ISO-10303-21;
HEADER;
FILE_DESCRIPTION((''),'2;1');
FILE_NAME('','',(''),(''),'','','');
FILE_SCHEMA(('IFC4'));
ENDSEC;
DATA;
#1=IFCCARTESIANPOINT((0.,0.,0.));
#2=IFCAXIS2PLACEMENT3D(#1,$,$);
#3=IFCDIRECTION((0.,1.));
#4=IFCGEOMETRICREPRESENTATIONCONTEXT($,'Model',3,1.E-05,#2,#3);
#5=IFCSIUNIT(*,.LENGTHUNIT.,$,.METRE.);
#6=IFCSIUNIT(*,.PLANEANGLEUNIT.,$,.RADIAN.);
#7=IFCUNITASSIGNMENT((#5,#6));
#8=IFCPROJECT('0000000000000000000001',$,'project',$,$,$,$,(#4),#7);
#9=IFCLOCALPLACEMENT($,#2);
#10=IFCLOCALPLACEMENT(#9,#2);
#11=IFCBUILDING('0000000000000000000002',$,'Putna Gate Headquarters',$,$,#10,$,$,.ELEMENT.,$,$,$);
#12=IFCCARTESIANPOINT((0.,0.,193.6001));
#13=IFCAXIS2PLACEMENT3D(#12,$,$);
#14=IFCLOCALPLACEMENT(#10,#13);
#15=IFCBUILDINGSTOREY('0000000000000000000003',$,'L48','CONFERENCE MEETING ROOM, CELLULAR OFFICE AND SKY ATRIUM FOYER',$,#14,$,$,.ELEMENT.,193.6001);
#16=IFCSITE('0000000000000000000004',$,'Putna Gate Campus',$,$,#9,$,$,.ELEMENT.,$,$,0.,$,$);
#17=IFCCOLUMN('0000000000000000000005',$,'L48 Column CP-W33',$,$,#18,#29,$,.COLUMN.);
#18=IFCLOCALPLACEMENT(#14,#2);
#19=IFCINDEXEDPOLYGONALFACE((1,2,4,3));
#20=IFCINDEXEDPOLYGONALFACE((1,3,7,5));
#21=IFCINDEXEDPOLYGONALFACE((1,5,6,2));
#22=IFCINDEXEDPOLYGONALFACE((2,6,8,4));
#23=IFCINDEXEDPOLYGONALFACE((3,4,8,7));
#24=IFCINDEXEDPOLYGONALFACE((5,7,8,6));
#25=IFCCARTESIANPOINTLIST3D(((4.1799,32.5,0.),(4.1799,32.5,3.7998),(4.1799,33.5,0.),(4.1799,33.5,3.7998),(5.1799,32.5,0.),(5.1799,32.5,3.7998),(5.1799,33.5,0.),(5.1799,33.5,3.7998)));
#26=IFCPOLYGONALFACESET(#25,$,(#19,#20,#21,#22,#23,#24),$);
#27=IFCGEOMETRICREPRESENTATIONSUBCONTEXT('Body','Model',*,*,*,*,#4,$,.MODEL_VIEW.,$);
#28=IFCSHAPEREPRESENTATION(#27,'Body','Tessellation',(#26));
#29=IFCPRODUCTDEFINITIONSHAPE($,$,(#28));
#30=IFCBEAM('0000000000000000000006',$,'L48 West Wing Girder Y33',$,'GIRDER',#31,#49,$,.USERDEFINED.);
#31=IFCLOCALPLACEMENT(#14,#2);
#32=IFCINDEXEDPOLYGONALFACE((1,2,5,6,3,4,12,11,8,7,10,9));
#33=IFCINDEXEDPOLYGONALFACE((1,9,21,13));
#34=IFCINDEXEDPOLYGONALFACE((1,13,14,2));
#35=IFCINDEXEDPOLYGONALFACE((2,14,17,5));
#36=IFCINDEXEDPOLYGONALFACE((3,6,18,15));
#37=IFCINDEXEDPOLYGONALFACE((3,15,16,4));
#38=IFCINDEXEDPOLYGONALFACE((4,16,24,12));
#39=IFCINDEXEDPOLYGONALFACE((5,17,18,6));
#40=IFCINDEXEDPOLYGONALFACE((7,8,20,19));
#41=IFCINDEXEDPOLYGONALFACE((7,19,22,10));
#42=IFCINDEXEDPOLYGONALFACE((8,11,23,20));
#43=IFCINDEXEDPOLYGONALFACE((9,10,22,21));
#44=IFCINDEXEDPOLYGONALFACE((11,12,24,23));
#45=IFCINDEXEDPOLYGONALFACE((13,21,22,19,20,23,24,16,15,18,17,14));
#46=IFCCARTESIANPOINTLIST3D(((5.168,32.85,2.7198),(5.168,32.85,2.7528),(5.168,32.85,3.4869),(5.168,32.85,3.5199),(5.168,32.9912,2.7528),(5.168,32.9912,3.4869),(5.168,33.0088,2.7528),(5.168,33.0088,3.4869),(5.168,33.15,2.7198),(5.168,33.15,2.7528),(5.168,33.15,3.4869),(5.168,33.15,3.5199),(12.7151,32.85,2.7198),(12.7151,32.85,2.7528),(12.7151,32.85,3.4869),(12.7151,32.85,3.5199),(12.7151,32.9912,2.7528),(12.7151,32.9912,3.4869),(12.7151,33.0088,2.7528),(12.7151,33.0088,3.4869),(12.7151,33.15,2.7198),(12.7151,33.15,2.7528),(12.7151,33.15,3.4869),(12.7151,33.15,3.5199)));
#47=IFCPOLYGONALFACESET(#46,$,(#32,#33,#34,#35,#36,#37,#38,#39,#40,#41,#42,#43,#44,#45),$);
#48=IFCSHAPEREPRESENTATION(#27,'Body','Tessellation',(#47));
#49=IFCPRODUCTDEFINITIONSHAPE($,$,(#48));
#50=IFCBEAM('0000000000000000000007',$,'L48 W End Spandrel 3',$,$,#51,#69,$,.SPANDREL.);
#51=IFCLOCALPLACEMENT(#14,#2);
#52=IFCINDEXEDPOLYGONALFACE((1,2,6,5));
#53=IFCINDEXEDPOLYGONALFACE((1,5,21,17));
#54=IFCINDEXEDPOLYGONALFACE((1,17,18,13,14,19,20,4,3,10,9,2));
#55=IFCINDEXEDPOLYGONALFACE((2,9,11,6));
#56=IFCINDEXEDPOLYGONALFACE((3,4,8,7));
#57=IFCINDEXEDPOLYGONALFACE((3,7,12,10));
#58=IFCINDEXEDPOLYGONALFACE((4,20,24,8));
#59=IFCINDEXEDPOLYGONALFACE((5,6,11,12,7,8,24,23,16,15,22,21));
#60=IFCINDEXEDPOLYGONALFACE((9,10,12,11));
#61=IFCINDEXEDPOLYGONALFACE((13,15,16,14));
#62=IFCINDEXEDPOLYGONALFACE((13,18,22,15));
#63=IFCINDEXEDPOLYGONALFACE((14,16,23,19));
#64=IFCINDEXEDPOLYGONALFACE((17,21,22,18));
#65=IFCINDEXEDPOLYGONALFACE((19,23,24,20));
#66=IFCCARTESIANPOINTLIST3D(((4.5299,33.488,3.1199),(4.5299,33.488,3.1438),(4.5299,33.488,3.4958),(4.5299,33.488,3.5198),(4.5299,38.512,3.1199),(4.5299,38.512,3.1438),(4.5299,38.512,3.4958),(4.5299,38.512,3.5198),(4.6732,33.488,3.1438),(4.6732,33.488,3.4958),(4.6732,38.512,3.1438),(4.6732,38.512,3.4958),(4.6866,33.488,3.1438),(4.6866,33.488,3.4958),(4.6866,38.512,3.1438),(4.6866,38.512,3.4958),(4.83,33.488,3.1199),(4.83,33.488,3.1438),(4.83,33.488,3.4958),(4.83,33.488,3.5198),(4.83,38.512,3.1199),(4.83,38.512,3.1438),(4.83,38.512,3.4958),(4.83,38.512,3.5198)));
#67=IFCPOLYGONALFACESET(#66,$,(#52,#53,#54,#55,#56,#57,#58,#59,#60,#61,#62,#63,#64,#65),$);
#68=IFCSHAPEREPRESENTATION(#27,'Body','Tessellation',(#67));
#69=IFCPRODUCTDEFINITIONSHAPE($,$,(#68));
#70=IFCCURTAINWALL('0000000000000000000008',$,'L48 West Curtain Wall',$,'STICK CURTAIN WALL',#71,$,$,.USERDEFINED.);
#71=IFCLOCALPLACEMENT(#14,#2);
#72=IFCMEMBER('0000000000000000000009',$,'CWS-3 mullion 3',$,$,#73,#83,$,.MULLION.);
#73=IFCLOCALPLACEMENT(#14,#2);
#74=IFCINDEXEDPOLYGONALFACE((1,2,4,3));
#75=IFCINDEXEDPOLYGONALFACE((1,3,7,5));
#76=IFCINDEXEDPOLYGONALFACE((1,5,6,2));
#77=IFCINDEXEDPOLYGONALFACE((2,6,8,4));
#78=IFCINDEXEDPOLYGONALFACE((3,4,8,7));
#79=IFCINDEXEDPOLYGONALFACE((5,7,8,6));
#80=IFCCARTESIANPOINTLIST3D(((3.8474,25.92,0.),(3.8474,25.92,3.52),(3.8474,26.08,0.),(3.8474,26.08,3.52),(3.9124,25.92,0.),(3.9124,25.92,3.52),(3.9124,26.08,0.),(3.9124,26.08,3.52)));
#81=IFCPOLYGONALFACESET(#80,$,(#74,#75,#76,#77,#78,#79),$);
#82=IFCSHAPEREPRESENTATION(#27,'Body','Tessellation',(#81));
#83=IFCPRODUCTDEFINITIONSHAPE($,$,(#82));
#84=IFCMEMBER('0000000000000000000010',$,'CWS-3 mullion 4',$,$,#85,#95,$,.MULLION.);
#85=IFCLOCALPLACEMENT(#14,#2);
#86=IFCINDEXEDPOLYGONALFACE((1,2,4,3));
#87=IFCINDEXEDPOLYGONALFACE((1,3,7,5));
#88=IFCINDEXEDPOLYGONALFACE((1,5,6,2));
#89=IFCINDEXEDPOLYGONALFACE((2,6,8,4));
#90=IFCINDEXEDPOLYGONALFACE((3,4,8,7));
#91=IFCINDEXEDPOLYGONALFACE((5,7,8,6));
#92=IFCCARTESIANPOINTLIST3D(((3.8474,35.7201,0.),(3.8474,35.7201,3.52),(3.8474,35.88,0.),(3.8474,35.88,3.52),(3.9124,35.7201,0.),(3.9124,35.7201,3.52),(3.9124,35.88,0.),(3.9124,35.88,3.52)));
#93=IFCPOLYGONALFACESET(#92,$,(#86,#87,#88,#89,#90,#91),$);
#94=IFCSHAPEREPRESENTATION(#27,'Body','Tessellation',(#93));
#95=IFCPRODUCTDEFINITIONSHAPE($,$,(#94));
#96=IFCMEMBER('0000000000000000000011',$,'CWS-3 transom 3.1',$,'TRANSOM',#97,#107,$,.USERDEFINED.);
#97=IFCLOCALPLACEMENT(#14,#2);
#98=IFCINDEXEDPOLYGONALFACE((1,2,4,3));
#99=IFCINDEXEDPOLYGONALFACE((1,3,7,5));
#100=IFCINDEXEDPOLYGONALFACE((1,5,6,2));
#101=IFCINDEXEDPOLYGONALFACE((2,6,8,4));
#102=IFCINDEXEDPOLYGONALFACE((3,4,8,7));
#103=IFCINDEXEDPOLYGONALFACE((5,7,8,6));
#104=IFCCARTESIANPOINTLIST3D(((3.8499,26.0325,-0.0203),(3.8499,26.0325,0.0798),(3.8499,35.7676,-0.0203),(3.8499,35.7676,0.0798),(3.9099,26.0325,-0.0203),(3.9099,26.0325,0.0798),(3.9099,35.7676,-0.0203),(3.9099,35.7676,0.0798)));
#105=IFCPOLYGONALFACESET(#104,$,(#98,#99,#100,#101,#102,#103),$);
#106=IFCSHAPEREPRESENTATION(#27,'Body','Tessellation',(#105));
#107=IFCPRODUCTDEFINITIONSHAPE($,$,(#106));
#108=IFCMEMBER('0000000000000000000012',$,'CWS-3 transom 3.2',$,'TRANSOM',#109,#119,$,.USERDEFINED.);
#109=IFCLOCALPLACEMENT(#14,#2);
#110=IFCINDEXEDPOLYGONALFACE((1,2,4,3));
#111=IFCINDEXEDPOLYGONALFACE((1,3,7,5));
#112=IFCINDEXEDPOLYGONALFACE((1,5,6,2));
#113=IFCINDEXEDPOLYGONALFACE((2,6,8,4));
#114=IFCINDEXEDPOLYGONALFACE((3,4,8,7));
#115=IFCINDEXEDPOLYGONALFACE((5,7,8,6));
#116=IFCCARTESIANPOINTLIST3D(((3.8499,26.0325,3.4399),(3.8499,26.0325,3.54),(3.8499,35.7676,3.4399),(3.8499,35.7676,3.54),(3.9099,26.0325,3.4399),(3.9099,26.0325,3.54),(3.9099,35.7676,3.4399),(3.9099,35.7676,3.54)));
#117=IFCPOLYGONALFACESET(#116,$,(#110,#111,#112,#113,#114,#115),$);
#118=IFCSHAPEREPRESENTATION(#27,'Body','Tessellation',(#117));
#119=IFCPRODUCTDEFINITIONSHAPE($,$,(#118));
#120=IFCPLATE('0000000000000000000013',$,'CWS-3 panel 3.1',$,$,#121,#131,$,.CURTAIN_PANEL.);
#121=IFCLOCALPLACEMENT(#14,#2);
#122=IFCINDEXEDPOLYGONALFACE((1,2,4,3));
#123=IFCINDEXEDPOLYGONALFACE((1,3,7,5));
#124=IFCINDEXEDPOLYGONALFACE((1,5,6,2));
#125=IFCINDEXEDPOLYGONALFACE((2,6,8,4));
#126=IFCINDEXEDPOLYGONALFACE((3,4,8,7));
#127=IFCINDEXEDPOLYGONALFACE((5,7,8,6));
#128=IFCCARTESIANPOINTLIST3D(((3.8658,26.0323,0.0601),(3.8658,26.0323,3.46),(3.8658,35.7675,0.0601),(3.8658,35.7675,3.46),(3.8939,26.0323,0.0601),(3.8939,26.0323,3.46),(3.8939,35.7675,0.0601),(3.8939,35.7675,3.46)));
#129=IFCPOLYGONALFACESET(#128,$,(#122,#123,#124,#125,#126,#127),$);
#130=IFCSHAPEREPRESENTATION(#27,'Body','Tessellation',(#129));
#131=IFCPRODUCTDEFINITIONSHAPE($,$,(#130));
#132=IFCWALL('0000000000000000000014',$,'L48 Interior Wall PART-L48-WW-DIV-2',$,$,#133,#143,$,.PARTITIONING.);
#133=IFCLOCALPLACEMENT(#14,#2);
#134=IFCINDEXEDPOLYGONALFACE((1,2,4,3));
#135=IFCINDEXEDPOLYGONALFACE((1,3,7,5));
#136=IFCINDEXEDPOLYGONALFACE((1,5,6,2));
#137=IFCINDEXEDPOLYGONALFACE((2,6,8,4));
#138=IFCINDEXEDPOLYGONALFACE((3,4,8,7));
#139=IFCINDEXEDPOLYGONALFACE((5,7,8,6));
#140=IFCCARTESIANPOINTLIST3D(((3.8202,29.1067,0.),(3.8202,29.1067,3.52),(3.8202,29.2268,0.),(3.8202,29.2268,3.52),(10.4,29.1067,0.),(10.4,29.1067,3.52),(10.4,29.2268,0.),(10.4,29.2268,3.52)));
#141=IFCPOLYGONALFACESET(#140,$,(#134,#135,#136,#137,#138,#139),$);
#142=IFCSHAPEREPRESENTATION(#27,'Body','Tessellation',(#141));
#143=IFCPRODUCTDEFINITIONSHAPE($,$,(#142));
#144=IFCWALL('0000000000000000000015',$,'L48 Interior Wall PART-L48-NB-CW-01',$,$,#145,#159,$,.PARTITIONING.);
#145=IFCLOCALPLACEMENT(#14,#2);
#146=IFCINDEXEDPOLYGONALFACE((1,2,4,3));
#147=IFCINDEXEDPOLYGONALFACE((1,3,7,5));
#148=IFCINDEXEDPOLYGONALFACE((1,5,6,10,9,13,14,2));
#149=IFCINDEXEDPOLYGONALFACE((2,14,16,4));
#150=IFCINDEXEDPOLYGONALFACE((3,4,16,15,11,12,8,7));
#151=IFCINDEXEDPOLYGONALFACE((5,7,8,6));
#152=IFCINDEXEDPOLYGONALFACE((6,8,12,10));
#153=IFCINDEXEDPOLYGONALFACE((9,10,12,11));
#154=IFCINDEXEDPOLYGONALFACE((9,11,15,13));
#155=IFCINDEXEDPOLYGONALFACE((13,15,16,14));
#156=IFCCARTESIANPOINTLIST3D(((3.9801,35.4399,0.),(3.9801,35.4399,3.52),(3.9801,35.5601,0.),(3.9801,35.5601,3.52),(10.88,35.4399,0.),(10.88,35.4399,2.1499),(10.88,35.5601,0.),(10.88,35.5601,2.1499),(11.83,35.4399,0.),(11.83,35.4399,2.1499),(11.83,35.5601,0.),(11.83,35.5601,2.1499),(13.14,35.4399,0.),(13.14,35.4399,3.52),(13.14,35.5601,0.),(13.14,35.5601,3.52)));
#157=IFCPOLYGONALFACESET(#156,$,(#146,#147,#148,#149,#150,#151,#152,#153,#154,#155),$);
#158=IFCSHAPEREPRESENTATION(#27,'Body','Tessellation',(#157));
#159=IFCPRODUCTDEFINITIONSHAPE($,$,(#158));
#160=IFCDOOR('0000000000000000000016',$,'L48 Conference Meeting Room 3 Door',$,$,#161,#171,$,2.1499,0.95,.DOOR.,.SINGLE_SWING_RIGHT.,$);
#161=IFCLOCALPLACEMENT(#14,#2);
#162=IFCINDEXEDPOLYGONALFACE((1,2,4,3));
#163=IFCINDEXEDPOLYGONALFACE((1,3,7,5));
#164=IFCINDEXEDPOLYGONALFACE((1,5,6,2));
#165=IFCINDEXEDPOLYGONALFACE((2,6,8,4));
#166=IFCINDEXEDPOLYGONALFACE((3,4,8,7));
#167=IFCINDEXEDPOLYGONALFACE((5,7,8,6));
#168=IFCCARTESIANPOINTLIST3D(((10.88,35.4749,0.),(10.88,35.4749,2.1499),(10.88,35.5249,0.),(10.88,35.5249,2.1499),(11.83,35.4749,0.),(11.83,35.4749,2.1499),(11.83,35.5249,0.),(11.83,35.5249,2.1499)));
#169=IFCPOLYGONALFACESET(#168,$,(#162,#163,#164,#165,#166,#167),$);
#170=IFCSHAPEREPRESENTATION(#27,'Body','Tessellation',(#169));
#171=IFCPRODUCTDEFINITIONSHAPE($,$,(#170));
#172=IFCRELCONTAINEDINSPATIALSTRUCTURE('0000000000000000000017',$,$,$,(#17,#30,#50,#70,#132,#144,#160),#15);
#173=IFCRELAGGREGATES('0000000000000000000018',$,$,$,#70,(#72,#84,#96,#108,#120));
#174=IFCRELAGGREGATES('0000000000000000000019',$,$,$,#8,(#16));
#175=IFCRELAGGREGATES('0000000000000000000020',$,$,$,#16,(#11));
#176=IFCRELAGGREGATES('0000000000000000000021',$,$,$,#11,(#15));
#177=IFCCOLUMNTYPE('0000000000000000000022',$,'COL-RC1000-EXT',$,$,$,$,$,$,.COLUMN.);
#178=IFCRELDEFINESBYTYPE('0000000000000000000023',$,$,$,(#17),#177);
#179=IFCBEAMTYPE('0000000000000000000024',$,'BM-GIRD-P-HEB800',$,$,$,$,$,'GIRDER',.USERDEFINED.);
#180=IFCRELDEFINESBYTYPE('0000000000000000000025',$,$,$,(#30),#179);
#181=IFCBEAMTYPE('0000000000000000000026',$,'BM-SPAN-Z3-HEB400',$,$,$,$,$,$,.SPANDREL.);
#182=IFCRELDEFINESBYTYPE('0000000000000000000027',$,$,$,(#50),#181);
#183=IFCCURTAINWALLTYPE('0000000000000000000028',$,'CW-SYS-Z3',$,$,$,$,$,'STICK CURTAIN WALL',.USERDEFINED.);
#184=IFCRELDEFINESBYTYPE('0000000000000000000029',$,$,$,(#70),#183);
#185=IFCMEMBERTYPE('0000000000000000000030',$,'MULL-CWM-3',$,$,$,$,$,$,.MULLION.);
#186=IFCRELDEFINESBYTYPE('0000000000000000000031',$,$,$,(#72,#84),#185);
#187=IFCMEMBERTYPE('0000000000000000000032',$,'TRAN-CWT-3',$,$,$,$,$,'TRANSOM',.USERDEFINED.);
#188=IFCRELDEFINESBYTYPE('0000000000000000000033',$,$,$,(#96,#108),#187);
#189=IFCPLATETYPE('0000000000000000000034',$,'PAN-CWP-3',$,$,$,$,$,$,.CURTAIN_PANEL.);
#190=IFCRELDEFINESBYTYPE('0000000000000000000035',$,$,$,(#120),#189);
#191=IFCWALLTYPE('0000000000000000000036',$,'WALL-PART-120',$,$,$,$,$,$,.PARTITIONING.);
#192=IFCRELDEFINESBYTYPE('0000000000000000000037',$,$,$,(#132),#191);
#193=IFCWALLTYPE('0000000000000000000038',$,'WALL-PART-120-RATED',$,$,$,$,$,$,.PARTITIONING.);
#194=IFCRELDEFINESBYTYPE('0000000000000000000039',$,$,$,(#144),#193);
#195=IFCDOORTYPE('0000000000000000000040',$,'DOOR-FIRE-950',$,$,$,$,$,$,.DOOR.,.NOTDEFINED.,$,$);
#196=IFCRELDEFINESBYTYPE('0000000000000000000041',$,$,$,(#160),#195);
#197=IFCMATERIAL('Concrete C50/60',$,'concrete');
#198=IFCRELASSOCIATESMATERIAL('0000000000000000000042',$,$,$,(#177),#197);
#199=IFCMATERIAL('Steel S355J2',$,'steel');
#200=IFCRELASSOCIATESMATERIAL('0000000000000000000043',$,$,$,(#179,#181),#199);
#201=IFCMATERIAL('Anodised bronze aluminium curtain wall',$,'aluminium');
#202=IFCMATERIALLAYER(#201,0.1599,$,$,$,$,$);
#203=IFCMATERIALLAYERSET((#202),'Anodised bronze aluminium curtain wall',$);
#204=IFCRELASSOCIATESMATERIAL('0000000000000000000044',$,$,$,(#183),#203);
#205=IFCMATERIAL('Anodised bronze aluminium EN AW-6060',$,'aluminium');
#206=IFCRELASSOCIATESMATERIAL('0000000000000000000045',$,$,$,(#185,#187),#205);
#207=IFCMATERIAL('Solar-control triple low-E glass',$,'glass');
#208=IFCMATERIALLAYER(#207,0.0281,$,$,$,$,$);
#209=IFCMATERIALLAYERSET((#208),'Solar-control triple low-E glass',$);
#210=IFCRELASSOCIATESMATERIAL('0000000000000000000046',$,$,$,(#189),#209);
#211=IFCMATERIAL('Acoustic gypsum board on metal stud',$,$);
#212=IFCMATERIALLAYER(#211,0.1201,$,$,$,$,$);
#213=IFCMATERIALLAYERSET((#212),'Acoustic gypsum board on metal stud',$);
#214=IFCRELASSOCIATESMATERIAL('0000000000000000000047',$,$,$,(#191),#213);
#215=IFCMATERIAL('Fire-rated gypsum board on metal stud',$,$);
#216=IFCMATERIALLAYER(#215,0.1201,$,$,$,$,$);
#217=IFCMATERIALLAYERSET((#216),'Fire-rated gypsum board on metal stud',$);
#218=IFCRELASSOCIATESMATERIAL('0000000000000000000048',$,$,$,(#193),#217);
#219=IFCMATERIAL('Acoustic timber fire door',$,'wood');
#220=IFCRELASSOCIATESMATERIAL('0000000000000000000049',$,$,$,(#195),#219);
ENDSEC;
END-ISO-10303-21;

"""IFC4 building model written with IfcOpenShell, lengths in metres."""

from ifc_helpers import new_model, si_unit, direction, frame, frame_2d, origin, origin_2d, place, context, subcontext, project, spatial, rectangle, i_section, extrude, material, layer, layer_set, material_profile, profile_set, type_object, element, fill, aggregate, save


model = new_model("IFC4")

# Units and contexts
model_context = context("Model", 3, precision=1e-05, world=origin(), true_north=direction((0.0, 1.0)))
body_context = subcontext(model_context, "Body", "Model", "MODEL_VIEW")
ifc_project = project(units=[si_unit("LENGTHUNIT", "METRE"), si_unit("PLANEANGLEUNIT", "RADIAN")], contexts=[model_context])

# Site, building, storey
site_placement = place(None, origin())
site = spatial("IfcSite", under=ifc_project, at=site_placement, Name="Putna Gate Campus", CompositionType="ELEMENT", RefElevation=0.0)
building_placement = place(site_placement, origin())
building = spatial("IfcBuilding", under=site, at=building_placement, Name="Putna Gate Headquarters", CompositionType="ELEMENT")
storey_placement = place(building_placement, frame((0.0, 0.0, 193.6001)))
storey = spatial("IfcBuildingStorey", under=building, at=storey_placement, Name="L48", Description="CONFERENCE MEETING ROOM, CELLULAR OFFICE AND SKY ATRIUM FOYER", CompositionType="ELEMENT", Elevation=193.6001)

# Column
ifc_material_1 = material(Name="Concrete C50/60", Category="concrete")
ifc_material_profile_1 = material_profile(ifc_material_1, rectangle(XDim=1.0, YDim=1.0, at=origin_2d()), Name="Concrete C50/60")
ifc_profile_set_1 = profile_set([ifc_material_profile_1], Name="Concrete C50/60")
column_type = type_object("IfcColumnType", Name="COL-RC1000-EXT", PredefinedType="COLUMN", material=ifc_profile_set_1)
column_placement = place(storey_placement, frame((4.6799, 33.0, 0.0), z_axis=(0.0, 0.0, 1.0), x_axis=(1.0, 0.0, 0.0)))
element("IfcColumn", 1, at=column_placement, inside=storey, type_object=column_type, Name="L48 Column CP-W33", PredefinedType="COLUMN", context=body_context, shape_type="SweptSolid", body=[
    extrude(rectangle(XDim=1.0, YDim=1.0, at=origin_2d()), origin(), (0.0, 0.0, 1.0), 3.7998),
])

# Beams
ifc_material_2 = material(Name="Steel S355J2", Category="steel")
ifc_material_profile_2 = material_profile(ifc_material_2, i_section(OverallWidth=0.3, OverallDepth=0.8, WebThickness=0.0176, FlangeThickness=0.033, at=origin_2d()), Name="Steel S355J2")
ifc_profile_set_2 = profile_set([ifc_material_profile_2], Name="Steel S355J2")
beam_type_1 = type_object("IfcBeamType", Name="BM-GIRD-P-HEB800", ElementType="GIRDER", PredefinedType="USERDEFINED", material=ifc_profile_set_2)
beam_1_placement = place(storey_placement, frame((5.168, 33.0, 3.1199), z_axis=(1.0, 0.0, 0.0), x_axis=(0.0, 1.0, 0.0)))
element("IfcBeam", 2, at=beam_1_placement, inside=storey, type_object=beam_type_1, Name="L48 West Wing Girder Y33", ObjectType="GIRDER", PredefinedType="USERDEFINED", context=body_context, shape_type="SweptSolid", body=[
    extrude(i_section(OverallWidth=0.3, OverallDepth=0.8, WebThickness=0.0176, FlangeThickness=0.033, at=origin_2d()), origin(), (0.0, 0.0, 1.0), 7.5471),
])
ifc_material_profile_3 = material_profile(ifc_material_2, i_section(OverallWidth=0.3, OverallDepth=0.3999, WebThickness=0.0134, FlangeThickness=0.0239, at=origin_2d()), Name="Steel S355J2")
ifc_profile_set_3 = profile_set([ifc_material_profile_3], Name="Steel S355J2")
beam_type_2 = type_object("IfcBeamType", Name="BM-SPAN-Z3-HEB400", PredefinedType="SPANDREL", material=ifc_profile_set_3)
beam_2_placement = place(storey_placement, frame((4.6799, 33.488, 3.3198), z_axis=(0.0, 1.0, 0.0), x_axis=(-1.0, 0.0, 0.0)))
element("IfcBeam", 3, at=beam_2_placement, inside=storey, type_object=beam_type_2, Name="L48 W End Spandrel 3", PredefinedType="SPANDREL", context=body_context, shape_type="SweptSolid", body=[
    extrude(i_section(OverallWidth=0.3, OverallDepth=0.3999, WebThickness=0.0134, FlangeThickness=0.0239, at=origin_2d()), origin(), (0.0, 0.0, 1.0), 5.0239),
])

# Curtain wall, members, plate
ifc_material_3 = material(Name="Anodised bronze aluminium curtain wall", Category="aluminium")
ifc_layer_1 = layer(ifc_material_3, 0.1599)
ifc_layer_set_1 = layer_set([ifc_layer_1], Name="Anodised bronze aluminium curtain wall")
curtain_wall_type = type_object("IfcCurtainWallType", Name="CW-SYS-Z3", ElementType="STICK CURTAIN WALL", PredefinedType="USERDEFINED", material=ifc_layer_set_1)
curtain_wall_placement = place(storey_placement, origin())
curtain_wall = element("IfcCurtainWall", 4, at=curtain_wall_placement, inside=storey, type_object=curtain_wall_type, Name="L48 West Curtain Wall", ObjectType="STICK CURTAIN WALL", PredefinedType="USERDEFINED")
ifc_material_4 = material(Name="Anodised bronze aluminium EN AW-6060", Category="aluminium")
ifc_material_profile_4 = material_profile(ifc_material_4, rectangle(XDim=0.0649, YDim=0.1599, at=origin_2d()), Name="Anodised bronze aluminium EN AW-6060")
ifc_profile_set_4 = profile_set([ifc_material_profile_4], Name="Anodised bronze aluminium EN AW-6060")
member_type_1 = type_object("IfcMemberType", Name="MULL-CWM-3", PredefinedType="MULLION", material=ifc_profile_set_4)
member_1_placement = place(storey_placement, frame((3.8799, 26.0, 0.0), z_axis=(0.0, 0.0, 1.0), x_axis=(-1.0, 0.0, 0.0)))
member_1 = element("IfcMember", 5, at=member_1_placement, type_object=member_type_1, Name="CWS-3 mullion 3", PredefinedType="MULLION", context=body_context, shape_type="SweptSolid", body=[
    extrude(rectangle(XDim=0.0649, YDim=0.1599, at=origin_2d()), origin(), (0.0, 0.0, 1.0), 3.52),
])
member_2_placement = place(storey_placement, frame((3.8799, 35.8, 0.0), z_axis=(0.0, 0.0, 1.0), x_axis=(-1.0, 0.0, 0.0)))
member_2 = element("IfcMember", 6, at=member_2_placement, type_object=member_type_1, Name="CWS-3 mullion 4", PredefinedType="MULLION", context=body_context, shape_type="SweptSolid", body=[
    extrude(rectangle(XDim=0.0649, YDim=0.1599, at=origin_2d()), origin(), (0.0, 0.0, 1.0), 3.52),
])
ifc_material_profile_5 = material_profile(ifc_material_4, rectangle(XDim=0.0601, YDim=0.1001, at=origin_2d()), Name="Anodised bronze aluminium EN AW-6060")
ifc_profile_set_5 = profile_set([ifc_material_profile_5], Name="Anodised bronze aluminium EN AW-6060")
member_type_2 = type_object("IfcMemberType", Name="TRAN-CWT-3", ElementType="TRANSOM", PredefinedType="USERDEFINED", material=ifc_profile_set_5)
member_3_placement = place(storey_placement, frame((3.8799, 26.0325, 0.0298), z_axis=(0.0, 1.0, 0.0), x_axis=(-1.0, 0.0, 0.0)))
member_3 = element("IfcMember", 7, at=member_3_placement, type_object=member_type_2, Name="CWS-3 transom 3.1", ObjectType="TRANSOM", PredefinedType="USERDEFINED", context=body_context, shape_type="SweptSolid", body=[
    extrude(rectangle(XDim=0.0601, YDim=0.1001, at=origin_2d()), origin(), (0.0, 0.0, 1.0), 9.7351),
])
member_4_placement = place(storey_placement, frame((3.8799, 26.0325, 3.49), z_axis=(0.0, 1.0, 0.0), x_axis=(-1.0, 0.0, 0.0)))
member_4 = element("IfcMember", 8, at=member_4_placement, type_object=member_type_2, Name="CWS-3 transom 3.2", ObjectType="TRANSOM", PredefinedType="USERDEFINED", context=body_context, shape_type="SweptSolid", body=[
    extrude(rectangle(XDim=0.0601, YDim=0.1001, at=origin_2d()), origin(), (0.0, 0.0, 1.0), 9.7351),
])
ifc_material_5 = material(Name="Solar-control triple low-E glass", Category="glass")
ifc_layer_2 = layer(ifc_material_5, 0.0281)
ifc_layer_set_2 = layer_set([ifc_layer_2], Name="Solar-control triple low-E glass")
plate_type = type_object("IfcPlateType", Name="PAN-CWP-3", PredefinedType="CURTAIN_PANEL", material=ifc_layer_set_2)
plate_placement = place(storey_placement, frame((3.8799, 30.8999, 0.0601), z_axis=(0.0, 0.0, 1.0), x_axis=(0.0, 1.0, 0.0)))
plate = element("IfcPlate", 9, at=plate_placement, type_object=plate_type, Name="CWS-3 panel 3.1", PredefinedType="CURTAIN_PANEL", context=body_context, shape_type="SweptSolid", body=[
    extrude(rectangle(XDim=9.7351, YDim=0.0281, at=origin_2d()), origin(), (0.0, 0.0, 1.0), 3.3999),
])
aggregate(curtain_wall, [member_1, member_2, member_3, member_4, plate])

# Wall
ifc_material_6 = material(Name="Acoustic gypsum board on metal stud")
ifc_layer_3 = layer(ifc_material_6, 0.1201)
ifc_layer_set_3 = layer_set([ifc_layer_3], Name="Acoustic gypsum board on metal stud")
wall_type_1 = type_object("IfcWallType", Name="WALL-PART-120", PredefinedType="PARTITIONING", material=ifc_layer_set_3)
wall_1_placement = place(storey_placement, frame((3.8201, 29.1667, 0.0), z_axis=(0.0, 0.0, 1.0), x_axis=(1.0, 0.0, 0.0)))
element("IfcWall", 10, at=wall_1_placement, inside=storey, type_object=wall_type_1, Name="L48 Interior Wall PART-L48-WW-DIV-2", PredefinedType="PARTITIONING", context=body_context, shape_type="SweptSolid", body=[
    extrude(rectangle(XDim=6.5798, YDim=0.1201, at=frame_2d((3.29, 0.0))), origin(), (0.0, 0.0, 1.0), 3.52),
])

# Wall, opening, door
ifc_material_7 = material(Name="Fire-rated gypsum board on metal stud")
ifc_layer_4 = layer(ifc_material_7, 0.1201)
ifc_layer_set_4 = layer_set([ifc_layer_4], Name="Fire-rated gypsum board on metal stud")
wall_type_2 = type_object("IfcWallType", Name="WALL-PART-120-RATED", PredefinedType="PARTITIONING", material=ifc_layer_set_4)
wall_2_placement = place(storey_placement, frame((3.98, 35.5, 0.0), z_axis=(0.0, 0.0, 1.0), x_axis=(1.0, 0.0, 0.0)))
wall_2 = element("IfcWall", 11, at=wall_2_placement, inside=storey, type_object=wall_type_2, Name="L48 Interior Wall PART-L48-NB-CW-01", PredefinedType="PARTITIONING", context=body_context, shape_type="SweptSolid", body=[
    extrude(rectangle(XDim=9.1599, YDim=0.1201, at=frame_2d((4.5801, 0.0))), origin(), (0.0, 0.0, 1.0), 3.52),
])
opening_1_placement = place(wall_2_placement, frame((6.8999, 0.0, 0.0)))
opening_1 = element("IfcOpeningElement", 12, at=opening_1_placement, cuts=wall_2, PredefinedType="OPENING", context=body_context, shape_type="SweptSolid", body=[
    extrude(rectangle(XDim=0.95, YDim=2.1499, at=frame_2d((0.4751, 1.075))), frame((0.0, 0.0701, 0.0), z_axis=(0.0, -1.0, 0.0), x_axis=(1.0, 0.0, 0.0)), (0.0, 0.0, 1.0), 0.1401),
])
ifc_material_8 = material(Name="Acoustic timber fire door", Category="wood")
door_type = type_object("IfcDoorType", Name="DOOR-FIRE-950", OperationType="NOTDEFINED", PredefinedType="DOOR", material=ifc_material_8)
door_1_placement = place(opening_1_placement, origin())
door_1 = element("IfcDoor", 13, at=door_1_placement, inside=storey, type_object=door_type, Name="L48 Conference Meeting Room 3 Door", OperationType="SINGLE_SWING_RIGHT", OverallHeight=2.1499, OverallWidth=0.95, PredefinedType="DOOR", context=body_context, shape_type="SweptSolid", body=[
    extrude(rectangle(XDim=0.95, YDim=2.1499, at=frame_2d((0.4751, 1.075))), frame((0.0, 0.0249, 0.0), z_axis=(0.0, -1.0, 0.0), x_axis=(1.0, 0.0, 0.0)), (0.0, 0.0, 1.0), 0.05),
])
fill(opening_1, door_1)

save(model, "model.ifc")
